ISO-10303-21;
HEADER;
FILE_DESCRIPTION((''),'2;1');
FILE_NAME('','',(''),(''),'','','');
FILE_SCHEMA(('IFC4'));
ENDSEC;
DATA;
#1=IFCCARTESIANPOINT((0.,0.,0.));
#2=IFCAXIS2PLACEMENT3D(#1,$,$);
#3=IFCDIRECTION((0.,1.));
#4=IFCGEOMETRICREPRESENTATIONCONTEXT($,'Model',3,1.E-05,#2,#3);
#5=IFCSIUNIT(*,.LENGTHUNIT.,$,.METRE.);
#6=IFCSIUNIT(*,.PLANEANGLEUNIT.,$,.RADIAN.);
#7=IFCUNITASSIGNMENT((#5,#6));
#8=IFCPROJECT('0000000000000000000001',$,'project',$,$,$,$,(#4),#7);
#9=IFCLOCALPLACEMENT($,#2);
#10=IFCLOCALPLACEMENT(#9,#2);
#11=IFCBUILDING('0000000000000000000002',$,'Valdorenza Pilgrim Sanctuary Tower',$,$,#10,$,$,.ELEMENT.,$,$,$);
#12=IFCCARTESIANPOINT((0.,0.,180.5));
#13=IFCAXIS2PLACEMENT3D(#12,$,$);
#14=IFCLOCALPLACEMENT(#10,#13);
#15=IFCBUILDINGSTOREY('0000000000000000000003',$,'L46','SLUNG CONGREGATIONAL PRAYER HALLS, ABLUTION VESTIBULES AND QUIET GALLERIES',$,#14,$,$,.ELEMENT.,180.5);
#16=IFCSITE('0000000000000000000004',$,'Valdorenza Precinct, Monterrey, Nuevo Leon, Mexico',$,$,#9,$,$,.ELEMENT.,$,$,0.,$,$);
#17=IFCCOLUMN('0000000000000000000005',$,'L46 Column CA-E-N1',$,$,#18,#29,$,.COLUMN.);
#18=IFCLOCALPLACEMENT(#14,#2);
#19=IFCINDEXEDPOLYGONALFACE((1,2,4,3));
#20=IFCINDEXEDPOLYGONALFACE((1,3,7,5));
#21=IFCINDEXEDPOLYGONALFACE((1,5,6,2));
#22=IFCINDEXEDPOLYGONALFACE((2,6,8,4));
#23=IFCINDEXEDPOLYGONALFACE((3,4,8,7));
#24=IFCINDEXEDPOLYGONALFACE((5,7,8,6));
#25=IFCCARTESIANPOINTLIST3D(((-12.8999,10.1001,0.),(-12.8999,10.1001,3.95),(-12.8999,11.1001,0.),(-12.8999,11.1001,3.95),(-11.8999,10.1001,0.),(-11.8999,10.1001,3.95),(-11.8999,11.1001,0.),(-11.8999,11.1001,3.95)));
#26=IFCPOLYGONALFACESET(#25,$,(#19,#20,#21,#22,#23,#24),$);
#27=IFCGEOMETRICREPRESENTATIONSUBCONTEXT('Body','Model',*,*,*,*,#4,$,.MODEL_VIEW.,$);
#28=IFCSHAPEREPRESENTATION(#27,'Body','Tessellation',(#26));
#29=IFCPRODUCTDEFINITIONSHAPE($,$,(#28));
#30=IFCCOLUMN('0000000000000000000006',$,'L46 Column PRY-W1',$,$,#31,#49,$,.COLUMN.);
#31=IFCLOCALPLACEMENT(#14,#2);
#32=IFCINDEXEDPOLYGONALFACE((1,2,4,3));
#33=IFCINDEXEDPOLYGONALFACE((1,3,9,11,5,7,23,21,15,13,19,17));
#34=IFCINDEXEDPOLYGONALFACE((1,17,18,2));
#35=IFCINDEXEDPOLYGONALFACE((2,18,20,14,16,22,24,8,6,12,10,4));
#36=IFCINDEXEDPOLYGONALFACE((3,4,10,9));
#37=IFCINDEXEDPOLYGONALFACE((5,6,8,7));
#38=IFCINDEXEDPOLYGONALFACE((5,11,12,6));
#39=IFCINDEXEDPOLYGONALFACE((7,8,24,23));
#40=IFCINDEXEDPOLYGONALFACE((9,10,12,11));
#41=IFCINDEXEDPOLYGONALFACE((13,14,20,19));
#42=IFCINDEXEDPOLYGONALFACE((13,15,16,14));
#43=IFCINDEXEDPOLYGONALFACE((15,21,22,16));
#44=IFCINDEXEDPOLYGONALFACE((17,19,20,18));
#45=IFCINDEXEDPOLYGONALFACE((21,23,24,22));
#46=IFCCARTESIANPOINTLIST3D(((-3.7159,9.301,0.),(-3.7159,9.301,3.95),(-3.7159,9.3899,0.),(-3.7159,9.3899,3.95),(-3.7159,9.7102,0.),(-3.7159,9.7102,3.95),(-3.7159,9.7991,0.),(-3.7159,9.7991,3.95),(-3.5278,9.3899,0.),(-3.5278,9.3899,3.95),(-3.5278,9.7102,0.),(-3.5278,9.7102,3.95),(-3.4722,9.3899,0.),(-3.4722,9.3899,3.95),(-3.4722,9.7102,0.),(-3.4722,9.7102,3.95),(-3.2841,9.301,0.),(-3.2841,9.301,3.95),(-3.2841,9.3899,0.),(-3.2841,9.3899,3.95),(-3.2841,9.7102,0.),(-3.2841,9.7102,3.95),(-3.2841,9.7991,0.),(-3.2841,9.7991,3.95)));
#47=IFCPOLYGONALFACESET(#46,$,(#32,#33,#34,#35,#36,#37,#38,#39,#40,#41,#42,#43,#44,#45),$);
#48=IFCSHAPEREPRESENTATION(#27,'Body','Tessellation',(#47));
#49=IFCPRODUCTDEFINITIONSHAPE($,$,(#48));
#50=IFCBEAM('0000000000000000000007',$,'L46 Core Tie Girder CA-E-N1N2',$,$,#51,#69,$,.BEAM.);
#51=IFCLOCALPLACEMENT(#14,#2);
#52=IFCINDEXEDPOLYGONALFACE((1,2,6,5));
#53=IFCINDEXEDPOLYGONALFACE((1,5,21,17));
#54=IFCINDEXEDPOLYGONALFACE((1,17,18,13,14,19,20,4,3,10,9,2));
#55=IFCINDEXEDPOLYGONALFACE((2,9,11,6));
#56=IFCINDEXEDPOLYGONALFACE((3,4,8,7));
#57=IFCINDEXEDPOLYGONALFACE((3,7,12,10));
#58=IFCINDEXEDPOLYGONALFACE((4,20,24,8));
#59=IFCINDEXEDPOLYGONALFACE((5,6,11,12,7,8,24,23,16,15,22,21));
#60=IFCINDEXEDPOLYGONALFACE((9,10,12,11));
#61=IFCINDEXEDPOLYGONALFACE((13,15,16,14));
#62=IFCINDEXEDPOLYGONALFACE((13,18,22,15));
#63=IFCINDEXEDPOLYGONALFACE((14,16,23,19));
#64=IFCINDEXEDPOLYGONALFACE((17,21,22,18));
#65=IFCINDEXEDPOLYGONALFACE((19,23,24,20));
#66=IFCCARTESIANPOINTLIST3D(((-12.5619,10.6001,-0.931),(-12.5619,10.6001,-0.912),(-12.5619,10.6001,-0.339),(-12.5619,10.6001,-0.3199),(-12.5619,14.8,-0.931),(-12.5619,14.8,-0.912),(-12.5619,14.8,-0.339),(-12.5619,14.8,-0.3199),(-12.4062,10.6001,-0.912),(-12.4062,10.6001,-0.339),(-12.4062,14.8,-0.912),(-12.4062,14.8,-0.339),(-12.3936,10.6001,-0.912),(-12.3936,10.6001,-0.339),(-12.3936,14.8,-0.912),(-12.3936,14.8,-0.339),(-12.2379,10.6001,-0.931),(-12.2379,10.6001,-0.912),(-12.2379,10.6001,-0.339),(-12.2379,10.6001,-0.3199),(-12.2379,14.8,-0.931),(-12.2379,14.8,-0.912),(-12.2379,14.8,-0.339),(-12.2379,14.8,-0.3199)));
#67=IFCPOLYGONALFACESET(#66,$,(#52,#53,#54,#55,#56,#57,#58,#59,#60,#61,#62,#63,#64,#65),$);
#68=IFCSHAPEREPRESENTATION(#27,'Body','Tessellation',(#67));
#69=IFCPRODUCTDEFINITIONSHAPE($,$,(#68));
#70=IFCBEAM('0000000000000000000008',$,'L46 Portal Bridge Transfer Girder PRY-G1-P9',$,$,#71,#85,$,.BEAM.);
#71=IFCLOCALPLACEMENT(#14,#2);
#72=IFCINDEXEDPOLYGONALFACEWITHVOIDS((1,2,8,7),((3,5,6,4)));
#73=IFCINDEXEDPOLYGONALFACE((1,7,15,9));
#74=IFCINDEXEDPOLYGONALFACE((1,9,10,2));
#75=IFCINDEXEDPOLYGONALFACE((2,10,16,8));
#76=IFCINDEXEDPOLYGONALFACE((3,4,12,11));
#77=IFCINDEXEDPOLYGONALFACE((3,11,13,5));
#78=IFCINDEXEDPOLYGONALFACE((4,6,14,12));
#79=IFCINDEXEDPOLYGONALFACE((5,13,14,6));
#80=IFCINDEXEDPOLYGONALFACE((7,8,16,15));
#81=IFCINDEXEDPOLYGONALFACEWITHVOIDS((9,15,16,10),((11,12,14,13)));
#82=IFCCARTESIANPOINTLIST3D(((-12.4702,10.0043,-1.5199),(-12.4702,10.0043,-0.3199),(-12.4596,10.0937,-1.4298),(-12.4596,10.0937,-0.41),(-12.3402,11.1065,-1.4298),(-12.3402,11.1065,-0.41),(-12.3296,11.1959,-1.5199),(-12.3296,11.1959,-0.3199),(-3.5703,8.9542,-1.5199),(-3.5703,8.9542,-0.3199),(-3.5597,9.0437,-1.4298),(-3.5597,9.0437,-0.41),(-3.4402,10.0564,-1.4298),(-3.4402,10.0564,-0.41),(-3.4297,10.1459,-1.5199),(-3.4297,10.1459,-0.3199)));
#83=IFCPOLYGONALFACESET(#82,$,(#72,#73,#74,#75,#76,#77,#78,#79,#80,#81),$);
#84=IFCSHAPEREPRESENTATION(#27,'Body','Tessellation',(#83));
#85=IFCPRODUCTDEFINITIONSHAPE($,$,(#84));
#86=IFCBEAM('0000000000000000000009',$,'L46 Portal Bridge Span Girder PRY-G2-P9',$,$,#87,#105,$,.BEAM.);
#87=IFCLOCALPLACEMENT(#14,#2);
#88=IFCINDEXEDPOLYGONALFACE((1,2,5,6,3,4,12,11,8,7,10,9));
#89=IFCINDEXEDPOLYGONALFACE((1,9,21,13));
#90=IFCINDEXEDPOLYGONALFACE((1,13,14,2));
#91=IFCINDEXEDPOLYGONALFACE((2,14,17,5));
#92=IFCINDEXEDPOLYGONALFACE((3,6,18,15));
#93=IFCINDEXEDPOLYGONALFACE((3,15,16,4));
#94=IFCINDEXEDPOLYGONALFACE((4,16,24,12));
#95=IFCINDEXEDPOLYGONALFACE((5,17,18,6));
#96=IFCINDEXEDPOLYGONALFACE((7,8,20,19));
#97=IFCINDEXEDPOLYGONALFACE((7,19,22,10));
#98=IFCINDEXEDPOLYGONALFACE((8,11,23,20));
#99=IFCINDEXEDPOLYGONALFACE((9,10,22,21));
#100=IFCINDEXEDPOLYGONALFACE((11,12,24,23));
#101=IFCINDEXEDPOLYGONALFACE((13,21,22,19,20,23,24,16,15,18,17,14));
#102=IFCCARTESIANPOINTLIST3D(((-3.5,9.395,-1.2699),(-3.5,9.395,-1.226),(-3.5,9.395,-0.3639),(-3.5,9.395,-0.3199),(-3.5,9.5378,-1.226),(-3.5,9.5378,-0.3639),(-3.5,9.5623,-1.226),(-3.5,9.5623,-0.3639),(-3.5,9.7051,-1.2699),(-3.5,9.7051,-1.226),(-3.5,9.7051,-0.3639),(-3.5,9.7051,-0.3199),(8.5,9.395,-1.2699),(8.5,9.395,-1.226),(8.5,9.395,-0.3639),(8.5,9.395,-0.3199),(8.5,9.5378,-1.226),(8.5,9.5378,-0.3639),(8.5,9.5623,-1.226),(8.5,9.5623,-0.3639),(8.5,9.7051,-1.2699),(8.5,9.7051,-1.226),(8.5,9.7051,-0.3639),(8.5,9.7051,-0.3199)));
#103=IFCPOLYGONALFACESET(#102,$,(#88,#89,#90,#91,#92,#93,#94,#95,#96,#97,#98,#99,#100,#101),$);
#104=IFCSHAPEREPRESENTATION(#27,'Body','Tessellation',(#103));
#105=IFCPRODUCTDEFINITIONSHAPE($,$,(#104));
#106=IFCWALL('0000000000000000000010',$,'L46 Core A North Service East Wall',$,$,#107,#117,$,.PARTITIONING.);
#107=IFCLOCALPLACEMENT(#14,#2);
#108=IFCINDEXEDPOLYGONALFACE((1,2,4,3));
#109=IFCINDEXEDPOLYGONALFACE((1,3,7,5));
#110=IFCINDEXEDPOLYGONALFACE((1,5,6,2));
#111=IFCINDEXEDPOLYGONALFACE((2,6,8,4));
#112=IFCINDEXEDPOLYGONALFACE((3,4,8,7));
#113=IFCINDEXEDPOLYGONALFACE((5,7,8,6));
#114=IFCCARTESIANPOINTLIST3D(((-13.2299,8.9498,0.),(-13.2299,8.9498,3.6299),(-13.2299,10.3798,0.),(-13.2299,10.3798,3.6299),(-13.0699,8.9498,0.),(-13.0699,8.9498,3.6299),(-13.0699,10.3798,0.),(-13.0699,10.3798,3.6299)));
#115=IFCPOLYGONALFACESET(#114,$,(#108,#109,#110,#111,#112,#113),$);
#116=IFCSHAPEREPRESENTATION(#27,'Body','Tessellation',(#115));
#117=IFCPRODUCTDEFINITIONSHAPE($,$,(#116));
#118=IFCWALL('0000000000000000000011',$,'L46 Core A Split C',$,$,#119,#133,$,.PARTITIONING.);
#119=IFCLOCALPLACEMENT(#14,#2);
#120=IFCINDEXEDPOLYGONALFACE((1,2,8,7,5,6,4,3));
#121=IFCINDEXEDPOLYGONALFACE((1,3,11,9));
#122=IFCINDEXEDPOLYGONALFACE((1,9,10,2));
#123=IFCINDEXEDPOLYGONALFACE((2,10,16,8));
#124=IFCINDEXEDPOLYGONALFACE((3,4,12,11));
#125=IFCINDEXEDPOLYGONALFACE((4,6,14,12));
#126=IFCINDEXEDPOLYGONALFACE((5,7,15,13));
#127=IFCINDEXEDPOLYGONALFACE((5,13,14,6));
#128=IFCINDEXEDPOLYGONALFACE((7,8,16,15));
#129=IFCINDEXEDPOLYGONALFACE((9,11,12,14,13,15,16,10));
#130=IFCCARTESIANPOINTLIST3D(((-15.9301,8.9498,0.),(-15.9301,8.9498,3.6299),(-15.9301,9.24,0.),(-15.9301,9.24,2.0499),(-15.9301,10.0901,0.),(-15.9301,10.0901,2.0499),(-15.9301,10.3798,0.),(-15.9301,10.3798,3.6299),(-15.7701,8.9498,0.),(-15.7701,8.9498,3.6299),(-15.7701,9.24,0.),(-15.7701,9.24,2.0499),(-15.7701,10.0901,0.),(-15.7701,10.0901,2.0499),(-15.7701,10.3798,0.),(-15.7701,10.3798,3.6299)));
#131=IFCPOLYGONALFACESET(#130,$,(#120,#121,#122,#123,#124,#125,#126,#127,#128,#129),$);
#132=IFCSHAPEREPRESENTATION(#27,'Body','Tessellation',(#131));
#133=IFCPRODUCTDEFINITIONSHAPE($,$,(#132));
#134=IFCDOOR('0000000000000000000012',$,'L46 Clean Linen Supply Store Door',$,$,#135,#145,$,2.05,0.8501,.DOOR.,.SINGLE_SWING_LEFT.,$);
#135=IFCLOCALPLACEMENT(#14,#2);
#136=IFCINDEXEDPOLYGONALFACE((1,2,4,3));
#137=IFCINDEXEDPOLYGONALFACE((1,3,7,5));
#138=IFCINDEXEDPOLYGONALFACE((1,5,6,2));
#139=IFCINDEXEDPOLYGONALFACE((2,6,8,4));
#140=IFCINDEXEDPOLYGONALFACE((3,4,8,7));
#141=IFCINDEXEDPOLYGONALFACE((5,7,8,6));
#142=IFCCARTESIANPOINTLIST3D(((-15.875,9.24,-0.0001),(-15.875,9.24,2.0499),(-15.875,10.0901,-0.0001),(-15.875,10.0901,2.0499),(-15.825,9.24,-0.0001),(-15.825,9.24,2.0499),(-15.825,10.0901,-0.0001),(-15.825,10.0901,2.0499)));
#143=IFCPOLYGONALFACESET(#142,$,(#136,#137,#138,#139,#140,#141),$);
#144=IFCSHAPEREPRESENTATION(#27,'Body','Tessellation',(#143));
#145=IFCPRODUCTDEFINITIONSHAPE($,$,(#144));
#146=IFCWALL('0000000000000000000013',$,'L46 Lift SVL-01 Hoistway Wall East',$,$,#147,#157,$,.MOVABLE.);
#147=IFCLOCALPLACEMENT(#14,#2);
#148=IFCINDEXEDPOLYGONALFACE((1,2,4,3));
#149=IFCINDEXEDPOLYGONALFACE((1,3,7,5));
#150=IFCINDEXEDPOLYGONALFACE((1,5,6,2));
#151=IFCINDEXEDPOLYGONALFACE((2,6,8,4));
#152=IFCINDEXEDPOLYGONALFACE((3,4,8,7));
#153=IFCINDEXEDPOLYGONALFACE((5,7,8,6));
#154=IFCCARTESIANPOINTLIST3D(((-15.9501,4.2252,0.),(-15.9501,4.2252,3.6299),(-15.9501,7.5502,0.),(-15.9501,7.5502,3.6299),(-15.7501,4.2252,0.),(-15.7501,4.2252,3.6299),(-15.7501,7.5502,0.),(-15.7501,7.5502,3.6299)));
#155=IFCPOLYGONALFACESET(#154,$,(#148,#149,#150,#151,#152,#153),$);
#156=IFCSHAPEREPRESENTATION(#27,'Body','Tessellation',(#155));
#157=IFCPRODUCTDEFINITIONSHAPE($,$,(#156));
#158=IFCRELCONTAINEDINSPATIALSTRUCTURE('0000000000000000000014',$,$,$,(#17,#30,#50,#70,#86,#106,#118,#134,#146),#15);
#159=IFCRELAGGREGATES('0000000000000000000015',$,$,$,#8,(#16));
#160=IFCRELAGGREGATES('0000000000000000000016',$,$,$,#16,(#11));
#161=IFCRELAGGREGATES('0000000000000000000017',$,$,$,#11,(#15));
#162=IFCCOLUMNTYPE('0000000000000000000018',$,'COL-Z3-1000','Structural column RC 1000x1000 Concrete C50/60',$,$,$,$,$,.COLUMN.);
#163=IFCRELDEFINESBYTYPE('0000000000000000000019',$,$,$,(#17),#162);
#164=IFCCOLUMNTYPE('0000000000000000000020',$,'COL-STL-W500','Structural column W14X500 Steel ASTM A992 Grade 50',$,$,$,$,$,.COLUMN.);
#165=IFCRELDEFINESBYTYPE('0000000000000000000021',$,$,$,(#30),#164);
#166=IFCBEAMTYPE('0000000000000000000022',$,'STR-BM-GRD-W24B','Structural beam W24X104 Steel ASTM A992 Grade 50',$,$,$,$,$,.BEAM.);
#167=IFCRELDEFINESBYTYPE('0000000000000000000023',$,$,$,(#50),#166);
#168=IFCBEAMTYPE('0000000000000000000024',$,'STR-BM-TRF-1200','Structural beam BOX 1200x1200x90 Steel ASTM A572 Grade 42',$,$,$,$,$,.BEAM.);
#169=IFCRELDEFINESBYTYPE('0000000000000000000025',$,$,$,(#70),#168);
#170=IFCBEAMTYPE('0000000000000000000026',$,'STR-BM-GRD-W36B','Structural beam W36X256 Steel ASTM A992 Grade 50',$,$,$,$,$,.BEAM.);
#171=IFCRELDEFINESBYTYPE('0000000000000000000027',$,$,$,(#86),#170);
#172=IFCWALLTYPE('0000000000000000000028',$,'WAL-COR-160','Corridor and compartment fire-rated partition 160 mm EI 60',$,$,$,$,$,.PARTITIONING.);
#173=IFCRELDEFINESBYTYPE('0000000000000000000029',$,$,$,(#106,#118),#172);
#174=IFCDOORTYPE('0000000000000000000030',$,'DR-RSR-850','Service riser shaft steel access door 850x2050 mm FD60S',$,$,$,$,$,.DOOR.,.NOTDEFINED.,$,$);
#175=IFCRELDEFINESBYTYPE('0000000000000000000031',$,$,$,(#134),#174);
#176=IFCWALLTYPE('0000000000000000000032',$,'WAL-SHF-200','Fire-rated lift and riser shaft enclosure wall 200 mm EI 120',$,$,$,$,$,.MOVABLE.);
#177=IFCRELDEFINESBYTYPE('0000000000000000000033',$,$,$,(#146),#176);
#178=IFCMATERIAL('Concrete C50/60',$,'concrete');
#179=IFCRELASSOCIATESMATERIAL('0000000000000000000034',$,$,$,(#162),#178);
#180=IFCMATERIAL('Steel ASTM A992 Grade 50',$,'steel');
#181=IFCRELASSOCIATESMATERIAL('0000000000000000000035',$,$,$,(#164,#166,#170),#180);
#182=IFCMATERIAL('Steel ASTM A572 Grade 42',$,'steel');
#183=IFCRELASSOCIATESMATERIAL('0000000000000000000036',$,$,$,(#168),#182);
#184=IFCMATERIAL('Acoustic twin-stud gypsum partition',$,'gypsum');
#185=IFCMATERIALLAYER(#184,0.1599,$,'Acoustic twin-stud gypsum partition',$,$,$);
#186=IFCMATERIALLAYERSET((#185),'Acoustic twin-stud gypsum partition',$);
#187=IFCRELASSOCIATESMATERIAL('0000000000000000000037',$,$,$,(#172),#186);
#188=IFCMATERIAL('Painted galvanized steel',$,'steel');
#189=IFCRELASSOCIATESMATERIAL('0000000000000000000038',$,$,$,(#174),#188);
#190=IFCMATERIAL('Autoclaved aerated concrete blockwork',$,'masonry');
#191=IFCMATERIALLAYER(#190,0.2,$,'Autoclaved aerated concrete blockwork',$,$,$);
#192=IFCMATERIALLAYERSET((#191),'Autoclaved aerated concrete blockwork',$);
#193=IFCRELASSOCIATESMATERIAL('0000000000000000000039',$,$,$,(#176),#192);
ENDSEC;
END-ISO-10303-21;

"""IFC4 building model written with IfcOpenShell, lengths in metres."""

from ifc_helpers import new_model, si_unit, direction, frame, frame_2d, origin, origin_2d, place, context, subcontext, project, spatial, rectangle, hollow_rectangle, i_section, extrude, source, transform, mapped, material, layer, layer_set, material_profile, profile_set, type_object, element, fill, save


model = new_model("IFC4")

# Units and contexts
model_context = context("Model", 3, precision=1e-05, world=origin(), true_north=direction((0.0, 1.0)))
body_context = subcontext(model_context, "Body", "Model", "MODEL_VIEW")
ifc_project = project(units=[si_unit("LENGTHUNIT", "METRE"), si_unit("PLANEANGLEUNIT", "RADIAN")], contexts=[model_context])

# Site, building, storey
site_placement = place(None, origin())
site = spatial("IfcSite", under=ifc_project, at=site_placement, Name="Valdorenza Precinct, Monterrey, Nuevo Leon, Mexico", CompositionType="ELEMENT", RefElevation=0.0)
building_placement = place(site_placement, origin())
building = spatial("IfcBuilding", under=site, at=building_placement, Name="Valdorenza Pilgrim Sanctuary Tower", CompositionType="ELEMENT")
storey_placement = place(building_placement, frame((0.0, 0.0, 180.5)))
storey = spatial("IfcBuildingStorey", under=building, at=storey_placement, Name="L46", Description="SLUNG CONGREGATIONAL PRAYER HALLS, ABLUTION VESTIBULES AND QUIET GALLERIES", CompositionType="ELEMENT", Elevation=180.5)

# Columns
ifc_material_1 = material(Name="Concrete C50/60", Category="concrete")
ifc_material_profile_1 = material_profile(ifc_material_1, rectangle(XDim=1.0, YDim=1.0, at=origin_2d()), Name="RC 1000x1000")
ifc_profile_set_1 = profile_set([ifc_material_profile_1], Name="Concrete C50/60")
column_type_1 = type_object("IfcColumnType", Name="COL-Z3-1000", Description="Structural column RC 1000x1000 Concrete C50/60", PredefinedType="COLUMN", material=ifc_profile_set_1)
shared_shape_1 = source(origin(), body_context, "Body", "SweptSolid", [
    extrude(rectangle(XDim=1.0, YDim=1.0, at=origin_2d()), origin(), (0.0, 0.0, 1.0), 3.95),
])
column_1_placement = place(storey_placement, frame((-12.3999, 10.6001, 0.0), z_axis=(0.0, 0.0, 1.0), x_axis=(1.0, 0.0, 0.0)))
element("IfcColumn", 1, at=column_1_placement, inside=storey, type_object=column_type_1, Name="L46 Column CA-E-N1", PredefinedType="COLUMN", context=body_context, shape_type="MappedRepresentation", body=[
    mapped(shared_shape_1, transform((0.0, 0.0, 0.0), x_axis=(1.0, 0.0, 0.0), y_axis=(0.0, 1.0, 0.0), z_axis=(0.0, 0.0, 1.0), scale=1.0)),
])
ifc_material_2 = material(Name="Steel ASTM A992 Grade 50", Category="steel")
ifc_material_profile_2 = material_profile(ifc_material_2, i_section(OverallWidth=0.4319, OverallDepth=0.498, WebThickness=0.0557, FlangeThickness=0.0889, at=origin_2d()), Name="W14X500")
ifc_profile_set_2 = profile_set([ifc_material_profile_2], Name="Steel ASTM A992 Grade 50")
column_type_2 = type_object("IfcColumnType", Name="COL-STL-W500", Description="Structural column W14X500 Steel ASTM A992 Grade 50", PredefinedType="COLUMN", material=ifc_profile_set_2)
shared_shape_2 = source(origin(), body_context, "Body", "SweptSolid", [
    extrude(i_section(OverallWidth=0.4319, OverallDepth=0.498, WebThickness=0.0557, FlangeThickness=0.0889, at=origin_2d()), origin(), (0.0, 0.0, 1.0), 3.95),
])
column_2_placement = place(storey_placement, frame((-3.5, 9.55, 0.0), z_axis=(0.0, 0.0, 1.0), x_axis=(1.0, 0.0, 0.0)))
element("IfcColumn", 2, at=column_2_placement, inside=storey, type_object=column_type_2, Name="L46 Column PRY-W1", PredefinedType="COLUMN", context=body_context, shape_type="MappedRepresentation", body=[
    mapped(shared_shape_2, transform((0.0, 0.0, 0.0), x_axis=(1.0, 0.0, 0.0), y_axis=(0.0, 1.0, 0.0), z_axis=(0.0, 0.0, 1.0), scale=1.0)),
])

# Beams
ifc_material_profile_3 = material_profile(ifc_material_2, i_section(OverallWidth=0.324, OverallDepth=0.6111, WebThickness=0.0127, FlangeThickness=0.019, at=origin_2d()), Name="W24X104")
ifc_profile_set_3 = profile_set([ifc_material_profile_3], Name="Steel ASTM A992 Grade 50")
beam_type_1 = type_object("IfcBeamType", Name="STR-BM-GRD-W24B", Description="Structural beam W24X104 Steel ASTM A992 Grade 50", PredefinedType="BEAM", material=ifc_profile_set_3)
shared_shape_3 = source(origin(), body_context, "Body", "SweptSolid", [
    extrude(i_section(OverallWidth=0.324, OverallDepth=0.6111, WebThickness=0.0127, FlangeThickness=0.019, at=origin_2d()), origin(), (0.0, 0.0, 1.0), 4.2),
])
beam_1_placement = place(storey_placement, frame((-12.3999, 10.6001, -0.6255), z_axis=(0.0, 1.0, 0.0), x_axis=(-1.0, 0.0, 0.0)))
element("IfcBeam", 3, at=beam_1_placement, inside=storey, type_object=beam_type_1, Name="L46 Core Tie Girder CA-E-N1N2", PredefinedType="BEAM", context=body_context, shape_type="MappedRepresentation", body=[
    mapped(shared_shape_3, transform((0.0, 0.0, 0.0), x_axis=(1.0, 0.0, 0.0), y_axis=(0.0, 1.0, 0.0), z_axis=(0.0, 0.0, 1.0), scale=1.0)),
])
ifc_material_3 = material(Name="Steel ASTM A572 Grade 42", Category="steel")
ifc_material_profile_4 = material_profile(ifc_material_3, hollow_rectangle(XDim=1.2, YDim=1.2, WallThickness=0.0901, at=origin_2d()), Name="BOX 1200x1200x90")
ifc_profile_set_4 = profile_set([ifc_material_profile_4], Name="Steel ASTM A572 Grade 42")
beam_type_2 = type_object("IfcBeamType", Name="STR-BM-TRF-1200", Description="Structural beam BOX 1200x1200x90 Steel ASTM A572 Grade 42", PredefinedType="BEAM", material=ifc_profile_set_4)
shared_shape_4 = source(origin(), body_context, "Body", "SweptSolid", [
    extrude(hollow_rectangle(XDim=1.2, YDim=1.2, WallThickness=0.0901, at=origin_2d()), origin(), (0.0, 0.0, 1.0), 8.9617),
])
beam_2_placement = place(storey_placement, frame((-12.3999, 10.6001, -0.9199), z_axis=(0.993112, -0.117172, 0.0), x_axis=(0.117172, 0.993112, 0.0)))
element("IfcBeam", 4, at=beam_2_placement, inside=storey, type_object=beam_type_2, Name="L46 Portal Bridge Transfer Girder PRY-G1-P9", PredefinedType="BEAM", context=body_context, shape_type="MappedRepresentation", body=[
    mapped(shared_shape_4, transform((0.0, 0.0, 0.0), x_axis=(1.0, 0.0, 0.0), y_axis=(0.0, 1.0, 0.0), z_axis=(0.0, 0.0, 1.0), scale=1.0)),
])
ifc_material_profile_5 = material_profile(ifc_material_2, i_section(OverallWidth=0.3101, OverallDepth=0.95, WebThickness=0.0244, FlangeThickness=0.0439, at=origin_2d()), Name="W36X256")
ifc_profile_set_5 = profile_set([ifc_material_profile_5], Name="Steel ASTM A992 Grade 50")
beam_type_3 = type_object("IfcBeamType", Name="STR-BM-GRD-W36B", Description="Structural beam W36X256 Steel ASTM A992 Grade 50", PredefinedType="BEAM", material=ifc_profile_set_5)
shared_shape_5 = source(origin(), body_context, "Body", "SweptSolid", [
    extrude(i_section(OverallWidth=0.3101, OverallDepth=0.95, WebThickness=0.0244, FlangeThickness=0.0439, at=origin_2d()), origin(), (0.0, 0.0, 1.0), 12.0),
])
beam_3_placement = place(storey_placement, frame((-3.5, 9.55, -0.7949), z_axis=(1.0, 0.0, 0.0), x_axis=(0.0, 1.0, 0.0)))
element("IfcBeam", 5, at=beam_3_placement, inside=storey, type_object=beam_type_3, Name="L46 Portal Bridge Span Girder PRY-G2-P9", PredefinedType="BEAM", context=body_context, shape_type="MappedRepresentation", body=[
    mapped(shared_shape_5, transform((0.0, 0.0, 0.0), x_axis=(1.0, 0.0, 0.0), y_axis=(0.0, 1.0, 0.0), z_axis=(0.0, 0.0, 1.0), scale=1.0)),
])

# Wall
ifc_material_4 = material(Name="Acoustic twin-stud gypsum partition", Category="gypsum")
ifc_layer_1 = layer(ifc_material_4, 0.1599, Name="Acoustic twin-stud gypsum partition")
ifc_layer_set_1 = layer_set([ifc_layer_1], Name="Acoustic twin-stud gypsum partition")
wall_type_1 = type_object("IfcWallType", Name="WAL-COR-160", Description="Corridor and compartment fire-rated partition 160 mm EI 60", PredefinedType="PARTITIONING", material=ifc_layer_set_1)
wall_1_placement = place(storey_placement, frame((-13.1499, 8.95, 0.0), z_axis=(0.0, 0.0, 1.0), x_axis=(0.0, 1.0, 0.0)))
element("IfcWall", 6, at=wall_1_placement, inside=storey, type_object=wall_type_1, Name="L46 Core A North Service East Wall", PredefinedType="PARTITIONING", context=body_context, shape_type="SweptSolid", body=[
    extrude(rectangle(XDim=1.4299, YDim=0.1599, at=frame_2d((0.7148, 0.0))), origin(), (0.0, 0.0, 1.0), 3.6299),
])

# Wall, opening, door
wall_2_placement = place(storey_placement, frame((-15.8501, 8.95, 0.0), z_axis=(0.0, 0.0, 1.0), x_axis=(0.0, 1.0, 0.0)))
wall_2 = element("IfcWall", 7, at=wall_2_placement, inside=storey, type_object=wall_type_1, Name="L46 Core A Split C", PredefinedType="PARTITIONING", context=body_context, shape_type="SweptSolid", body=[
    extrude(rectangle(XDim=1.4299, YDim=0.1599, at=frame_2d((0.7148, 0.0))), origin(), (0.0, 0.0, 1.0), 3.6299),
])
opening_1_placement = place(wall_2_placement, frame((0.29, 0.0, 0.0)))
opening_1 = element("IfcOpeningElement", 8, at=opening_1_placement, cuts=wall_2, PredefinedType="OPENING", context=body_context, shape_type="SweptSolid", body=[
    extrude(rectangle(XDim=0.8501, YDim=2.05, at=frame_2d((0.425, 1.0249))), frame((0.0, 0.0947, 0.0), z_axis=(0.0, -1.0, 0.0), x_axis=(1.0, 0.0, 0.0)), (0.0, 0.0, 1.0), 0.1897),
])
ifc_material_5 = material(Name="Painted galvanized steel", Category="steel")
door_type_1 = type_object("IfcDoorType", Name="DR-RSR-850", Description="Service riser shaft steel access door 850x2050 mm FD60S", OperationType="NOTDEFINED", PredefinedType="DOOR", material=ifc_material_5)
door_1_placement = place(opening_1_placement, origin())
door_1 = element("IfcDoor", 9, at=door_1_placement, inside=storey, type_object=door_type_1, Name="L46 Clean Linen Supply Store Door", OperationType="SINGLE_SWING_LEFT", OverallHeight=2.05, OverallWidth=0.8501, PredefinedType="DOOR", context=body_context, shape_type="SweptSolid", body=[
    extrude(rectangle(XDim=0.8501, YDim=2.05, at=frame_2d((0.425, 1.0249))), frame((0.0, 0.0249, 0.0), z_axis=(0.0, -1.0, 0.0), x_axis=(1.0, 0.0, 0.0)), (0.0, 0.0, 1.0), 0.05),
])
fill(opening_1, door_1)

# Wall
ifc_material_6 = material(Name="Autoclaved aerated concrete blockwork", Category="masonry")
ifc_layer_2 = layer(ifc_material_6, 0.2, Name="Autoclaved aerated concrete blockwork")
ifc_layer_set_2 = layer_set([ifc_layer_2], Name="Autoclaved aerated concrete blockwork")
wall_type_2 = type_object("IfcWallType", Name="WAL-SHF-200", Description="Fire-rated lift and riser shaft enclosure wall 200 mm EI 120", PredefinedType="MOVABLE", material=ifc_layer_set_2)
wall_3_placement = place(storey_placement, frame((-15.8501, 4.2251, 0.0), z_axis=(0.0, 0.0, 1.0), x_axis=(0.0, 1.0, 0.0)))
element("IfcWall", 10, at=wall_3_placement, inside=storey, type_object=wall_type_2, Name="L46 Lift SVL-01 Hoistway Wall East", PredefinedType="MOVABLE", context=body_context, shape_type="SweptSolid", body=[
    extrude(rectangle(XDim=3.325, YDim=0.2, at=frame_2d((1.6626, 0.0))), origin(), (0.0, 0.0, 1.0), 3.6299),
])

save(model, "model.ifc")
